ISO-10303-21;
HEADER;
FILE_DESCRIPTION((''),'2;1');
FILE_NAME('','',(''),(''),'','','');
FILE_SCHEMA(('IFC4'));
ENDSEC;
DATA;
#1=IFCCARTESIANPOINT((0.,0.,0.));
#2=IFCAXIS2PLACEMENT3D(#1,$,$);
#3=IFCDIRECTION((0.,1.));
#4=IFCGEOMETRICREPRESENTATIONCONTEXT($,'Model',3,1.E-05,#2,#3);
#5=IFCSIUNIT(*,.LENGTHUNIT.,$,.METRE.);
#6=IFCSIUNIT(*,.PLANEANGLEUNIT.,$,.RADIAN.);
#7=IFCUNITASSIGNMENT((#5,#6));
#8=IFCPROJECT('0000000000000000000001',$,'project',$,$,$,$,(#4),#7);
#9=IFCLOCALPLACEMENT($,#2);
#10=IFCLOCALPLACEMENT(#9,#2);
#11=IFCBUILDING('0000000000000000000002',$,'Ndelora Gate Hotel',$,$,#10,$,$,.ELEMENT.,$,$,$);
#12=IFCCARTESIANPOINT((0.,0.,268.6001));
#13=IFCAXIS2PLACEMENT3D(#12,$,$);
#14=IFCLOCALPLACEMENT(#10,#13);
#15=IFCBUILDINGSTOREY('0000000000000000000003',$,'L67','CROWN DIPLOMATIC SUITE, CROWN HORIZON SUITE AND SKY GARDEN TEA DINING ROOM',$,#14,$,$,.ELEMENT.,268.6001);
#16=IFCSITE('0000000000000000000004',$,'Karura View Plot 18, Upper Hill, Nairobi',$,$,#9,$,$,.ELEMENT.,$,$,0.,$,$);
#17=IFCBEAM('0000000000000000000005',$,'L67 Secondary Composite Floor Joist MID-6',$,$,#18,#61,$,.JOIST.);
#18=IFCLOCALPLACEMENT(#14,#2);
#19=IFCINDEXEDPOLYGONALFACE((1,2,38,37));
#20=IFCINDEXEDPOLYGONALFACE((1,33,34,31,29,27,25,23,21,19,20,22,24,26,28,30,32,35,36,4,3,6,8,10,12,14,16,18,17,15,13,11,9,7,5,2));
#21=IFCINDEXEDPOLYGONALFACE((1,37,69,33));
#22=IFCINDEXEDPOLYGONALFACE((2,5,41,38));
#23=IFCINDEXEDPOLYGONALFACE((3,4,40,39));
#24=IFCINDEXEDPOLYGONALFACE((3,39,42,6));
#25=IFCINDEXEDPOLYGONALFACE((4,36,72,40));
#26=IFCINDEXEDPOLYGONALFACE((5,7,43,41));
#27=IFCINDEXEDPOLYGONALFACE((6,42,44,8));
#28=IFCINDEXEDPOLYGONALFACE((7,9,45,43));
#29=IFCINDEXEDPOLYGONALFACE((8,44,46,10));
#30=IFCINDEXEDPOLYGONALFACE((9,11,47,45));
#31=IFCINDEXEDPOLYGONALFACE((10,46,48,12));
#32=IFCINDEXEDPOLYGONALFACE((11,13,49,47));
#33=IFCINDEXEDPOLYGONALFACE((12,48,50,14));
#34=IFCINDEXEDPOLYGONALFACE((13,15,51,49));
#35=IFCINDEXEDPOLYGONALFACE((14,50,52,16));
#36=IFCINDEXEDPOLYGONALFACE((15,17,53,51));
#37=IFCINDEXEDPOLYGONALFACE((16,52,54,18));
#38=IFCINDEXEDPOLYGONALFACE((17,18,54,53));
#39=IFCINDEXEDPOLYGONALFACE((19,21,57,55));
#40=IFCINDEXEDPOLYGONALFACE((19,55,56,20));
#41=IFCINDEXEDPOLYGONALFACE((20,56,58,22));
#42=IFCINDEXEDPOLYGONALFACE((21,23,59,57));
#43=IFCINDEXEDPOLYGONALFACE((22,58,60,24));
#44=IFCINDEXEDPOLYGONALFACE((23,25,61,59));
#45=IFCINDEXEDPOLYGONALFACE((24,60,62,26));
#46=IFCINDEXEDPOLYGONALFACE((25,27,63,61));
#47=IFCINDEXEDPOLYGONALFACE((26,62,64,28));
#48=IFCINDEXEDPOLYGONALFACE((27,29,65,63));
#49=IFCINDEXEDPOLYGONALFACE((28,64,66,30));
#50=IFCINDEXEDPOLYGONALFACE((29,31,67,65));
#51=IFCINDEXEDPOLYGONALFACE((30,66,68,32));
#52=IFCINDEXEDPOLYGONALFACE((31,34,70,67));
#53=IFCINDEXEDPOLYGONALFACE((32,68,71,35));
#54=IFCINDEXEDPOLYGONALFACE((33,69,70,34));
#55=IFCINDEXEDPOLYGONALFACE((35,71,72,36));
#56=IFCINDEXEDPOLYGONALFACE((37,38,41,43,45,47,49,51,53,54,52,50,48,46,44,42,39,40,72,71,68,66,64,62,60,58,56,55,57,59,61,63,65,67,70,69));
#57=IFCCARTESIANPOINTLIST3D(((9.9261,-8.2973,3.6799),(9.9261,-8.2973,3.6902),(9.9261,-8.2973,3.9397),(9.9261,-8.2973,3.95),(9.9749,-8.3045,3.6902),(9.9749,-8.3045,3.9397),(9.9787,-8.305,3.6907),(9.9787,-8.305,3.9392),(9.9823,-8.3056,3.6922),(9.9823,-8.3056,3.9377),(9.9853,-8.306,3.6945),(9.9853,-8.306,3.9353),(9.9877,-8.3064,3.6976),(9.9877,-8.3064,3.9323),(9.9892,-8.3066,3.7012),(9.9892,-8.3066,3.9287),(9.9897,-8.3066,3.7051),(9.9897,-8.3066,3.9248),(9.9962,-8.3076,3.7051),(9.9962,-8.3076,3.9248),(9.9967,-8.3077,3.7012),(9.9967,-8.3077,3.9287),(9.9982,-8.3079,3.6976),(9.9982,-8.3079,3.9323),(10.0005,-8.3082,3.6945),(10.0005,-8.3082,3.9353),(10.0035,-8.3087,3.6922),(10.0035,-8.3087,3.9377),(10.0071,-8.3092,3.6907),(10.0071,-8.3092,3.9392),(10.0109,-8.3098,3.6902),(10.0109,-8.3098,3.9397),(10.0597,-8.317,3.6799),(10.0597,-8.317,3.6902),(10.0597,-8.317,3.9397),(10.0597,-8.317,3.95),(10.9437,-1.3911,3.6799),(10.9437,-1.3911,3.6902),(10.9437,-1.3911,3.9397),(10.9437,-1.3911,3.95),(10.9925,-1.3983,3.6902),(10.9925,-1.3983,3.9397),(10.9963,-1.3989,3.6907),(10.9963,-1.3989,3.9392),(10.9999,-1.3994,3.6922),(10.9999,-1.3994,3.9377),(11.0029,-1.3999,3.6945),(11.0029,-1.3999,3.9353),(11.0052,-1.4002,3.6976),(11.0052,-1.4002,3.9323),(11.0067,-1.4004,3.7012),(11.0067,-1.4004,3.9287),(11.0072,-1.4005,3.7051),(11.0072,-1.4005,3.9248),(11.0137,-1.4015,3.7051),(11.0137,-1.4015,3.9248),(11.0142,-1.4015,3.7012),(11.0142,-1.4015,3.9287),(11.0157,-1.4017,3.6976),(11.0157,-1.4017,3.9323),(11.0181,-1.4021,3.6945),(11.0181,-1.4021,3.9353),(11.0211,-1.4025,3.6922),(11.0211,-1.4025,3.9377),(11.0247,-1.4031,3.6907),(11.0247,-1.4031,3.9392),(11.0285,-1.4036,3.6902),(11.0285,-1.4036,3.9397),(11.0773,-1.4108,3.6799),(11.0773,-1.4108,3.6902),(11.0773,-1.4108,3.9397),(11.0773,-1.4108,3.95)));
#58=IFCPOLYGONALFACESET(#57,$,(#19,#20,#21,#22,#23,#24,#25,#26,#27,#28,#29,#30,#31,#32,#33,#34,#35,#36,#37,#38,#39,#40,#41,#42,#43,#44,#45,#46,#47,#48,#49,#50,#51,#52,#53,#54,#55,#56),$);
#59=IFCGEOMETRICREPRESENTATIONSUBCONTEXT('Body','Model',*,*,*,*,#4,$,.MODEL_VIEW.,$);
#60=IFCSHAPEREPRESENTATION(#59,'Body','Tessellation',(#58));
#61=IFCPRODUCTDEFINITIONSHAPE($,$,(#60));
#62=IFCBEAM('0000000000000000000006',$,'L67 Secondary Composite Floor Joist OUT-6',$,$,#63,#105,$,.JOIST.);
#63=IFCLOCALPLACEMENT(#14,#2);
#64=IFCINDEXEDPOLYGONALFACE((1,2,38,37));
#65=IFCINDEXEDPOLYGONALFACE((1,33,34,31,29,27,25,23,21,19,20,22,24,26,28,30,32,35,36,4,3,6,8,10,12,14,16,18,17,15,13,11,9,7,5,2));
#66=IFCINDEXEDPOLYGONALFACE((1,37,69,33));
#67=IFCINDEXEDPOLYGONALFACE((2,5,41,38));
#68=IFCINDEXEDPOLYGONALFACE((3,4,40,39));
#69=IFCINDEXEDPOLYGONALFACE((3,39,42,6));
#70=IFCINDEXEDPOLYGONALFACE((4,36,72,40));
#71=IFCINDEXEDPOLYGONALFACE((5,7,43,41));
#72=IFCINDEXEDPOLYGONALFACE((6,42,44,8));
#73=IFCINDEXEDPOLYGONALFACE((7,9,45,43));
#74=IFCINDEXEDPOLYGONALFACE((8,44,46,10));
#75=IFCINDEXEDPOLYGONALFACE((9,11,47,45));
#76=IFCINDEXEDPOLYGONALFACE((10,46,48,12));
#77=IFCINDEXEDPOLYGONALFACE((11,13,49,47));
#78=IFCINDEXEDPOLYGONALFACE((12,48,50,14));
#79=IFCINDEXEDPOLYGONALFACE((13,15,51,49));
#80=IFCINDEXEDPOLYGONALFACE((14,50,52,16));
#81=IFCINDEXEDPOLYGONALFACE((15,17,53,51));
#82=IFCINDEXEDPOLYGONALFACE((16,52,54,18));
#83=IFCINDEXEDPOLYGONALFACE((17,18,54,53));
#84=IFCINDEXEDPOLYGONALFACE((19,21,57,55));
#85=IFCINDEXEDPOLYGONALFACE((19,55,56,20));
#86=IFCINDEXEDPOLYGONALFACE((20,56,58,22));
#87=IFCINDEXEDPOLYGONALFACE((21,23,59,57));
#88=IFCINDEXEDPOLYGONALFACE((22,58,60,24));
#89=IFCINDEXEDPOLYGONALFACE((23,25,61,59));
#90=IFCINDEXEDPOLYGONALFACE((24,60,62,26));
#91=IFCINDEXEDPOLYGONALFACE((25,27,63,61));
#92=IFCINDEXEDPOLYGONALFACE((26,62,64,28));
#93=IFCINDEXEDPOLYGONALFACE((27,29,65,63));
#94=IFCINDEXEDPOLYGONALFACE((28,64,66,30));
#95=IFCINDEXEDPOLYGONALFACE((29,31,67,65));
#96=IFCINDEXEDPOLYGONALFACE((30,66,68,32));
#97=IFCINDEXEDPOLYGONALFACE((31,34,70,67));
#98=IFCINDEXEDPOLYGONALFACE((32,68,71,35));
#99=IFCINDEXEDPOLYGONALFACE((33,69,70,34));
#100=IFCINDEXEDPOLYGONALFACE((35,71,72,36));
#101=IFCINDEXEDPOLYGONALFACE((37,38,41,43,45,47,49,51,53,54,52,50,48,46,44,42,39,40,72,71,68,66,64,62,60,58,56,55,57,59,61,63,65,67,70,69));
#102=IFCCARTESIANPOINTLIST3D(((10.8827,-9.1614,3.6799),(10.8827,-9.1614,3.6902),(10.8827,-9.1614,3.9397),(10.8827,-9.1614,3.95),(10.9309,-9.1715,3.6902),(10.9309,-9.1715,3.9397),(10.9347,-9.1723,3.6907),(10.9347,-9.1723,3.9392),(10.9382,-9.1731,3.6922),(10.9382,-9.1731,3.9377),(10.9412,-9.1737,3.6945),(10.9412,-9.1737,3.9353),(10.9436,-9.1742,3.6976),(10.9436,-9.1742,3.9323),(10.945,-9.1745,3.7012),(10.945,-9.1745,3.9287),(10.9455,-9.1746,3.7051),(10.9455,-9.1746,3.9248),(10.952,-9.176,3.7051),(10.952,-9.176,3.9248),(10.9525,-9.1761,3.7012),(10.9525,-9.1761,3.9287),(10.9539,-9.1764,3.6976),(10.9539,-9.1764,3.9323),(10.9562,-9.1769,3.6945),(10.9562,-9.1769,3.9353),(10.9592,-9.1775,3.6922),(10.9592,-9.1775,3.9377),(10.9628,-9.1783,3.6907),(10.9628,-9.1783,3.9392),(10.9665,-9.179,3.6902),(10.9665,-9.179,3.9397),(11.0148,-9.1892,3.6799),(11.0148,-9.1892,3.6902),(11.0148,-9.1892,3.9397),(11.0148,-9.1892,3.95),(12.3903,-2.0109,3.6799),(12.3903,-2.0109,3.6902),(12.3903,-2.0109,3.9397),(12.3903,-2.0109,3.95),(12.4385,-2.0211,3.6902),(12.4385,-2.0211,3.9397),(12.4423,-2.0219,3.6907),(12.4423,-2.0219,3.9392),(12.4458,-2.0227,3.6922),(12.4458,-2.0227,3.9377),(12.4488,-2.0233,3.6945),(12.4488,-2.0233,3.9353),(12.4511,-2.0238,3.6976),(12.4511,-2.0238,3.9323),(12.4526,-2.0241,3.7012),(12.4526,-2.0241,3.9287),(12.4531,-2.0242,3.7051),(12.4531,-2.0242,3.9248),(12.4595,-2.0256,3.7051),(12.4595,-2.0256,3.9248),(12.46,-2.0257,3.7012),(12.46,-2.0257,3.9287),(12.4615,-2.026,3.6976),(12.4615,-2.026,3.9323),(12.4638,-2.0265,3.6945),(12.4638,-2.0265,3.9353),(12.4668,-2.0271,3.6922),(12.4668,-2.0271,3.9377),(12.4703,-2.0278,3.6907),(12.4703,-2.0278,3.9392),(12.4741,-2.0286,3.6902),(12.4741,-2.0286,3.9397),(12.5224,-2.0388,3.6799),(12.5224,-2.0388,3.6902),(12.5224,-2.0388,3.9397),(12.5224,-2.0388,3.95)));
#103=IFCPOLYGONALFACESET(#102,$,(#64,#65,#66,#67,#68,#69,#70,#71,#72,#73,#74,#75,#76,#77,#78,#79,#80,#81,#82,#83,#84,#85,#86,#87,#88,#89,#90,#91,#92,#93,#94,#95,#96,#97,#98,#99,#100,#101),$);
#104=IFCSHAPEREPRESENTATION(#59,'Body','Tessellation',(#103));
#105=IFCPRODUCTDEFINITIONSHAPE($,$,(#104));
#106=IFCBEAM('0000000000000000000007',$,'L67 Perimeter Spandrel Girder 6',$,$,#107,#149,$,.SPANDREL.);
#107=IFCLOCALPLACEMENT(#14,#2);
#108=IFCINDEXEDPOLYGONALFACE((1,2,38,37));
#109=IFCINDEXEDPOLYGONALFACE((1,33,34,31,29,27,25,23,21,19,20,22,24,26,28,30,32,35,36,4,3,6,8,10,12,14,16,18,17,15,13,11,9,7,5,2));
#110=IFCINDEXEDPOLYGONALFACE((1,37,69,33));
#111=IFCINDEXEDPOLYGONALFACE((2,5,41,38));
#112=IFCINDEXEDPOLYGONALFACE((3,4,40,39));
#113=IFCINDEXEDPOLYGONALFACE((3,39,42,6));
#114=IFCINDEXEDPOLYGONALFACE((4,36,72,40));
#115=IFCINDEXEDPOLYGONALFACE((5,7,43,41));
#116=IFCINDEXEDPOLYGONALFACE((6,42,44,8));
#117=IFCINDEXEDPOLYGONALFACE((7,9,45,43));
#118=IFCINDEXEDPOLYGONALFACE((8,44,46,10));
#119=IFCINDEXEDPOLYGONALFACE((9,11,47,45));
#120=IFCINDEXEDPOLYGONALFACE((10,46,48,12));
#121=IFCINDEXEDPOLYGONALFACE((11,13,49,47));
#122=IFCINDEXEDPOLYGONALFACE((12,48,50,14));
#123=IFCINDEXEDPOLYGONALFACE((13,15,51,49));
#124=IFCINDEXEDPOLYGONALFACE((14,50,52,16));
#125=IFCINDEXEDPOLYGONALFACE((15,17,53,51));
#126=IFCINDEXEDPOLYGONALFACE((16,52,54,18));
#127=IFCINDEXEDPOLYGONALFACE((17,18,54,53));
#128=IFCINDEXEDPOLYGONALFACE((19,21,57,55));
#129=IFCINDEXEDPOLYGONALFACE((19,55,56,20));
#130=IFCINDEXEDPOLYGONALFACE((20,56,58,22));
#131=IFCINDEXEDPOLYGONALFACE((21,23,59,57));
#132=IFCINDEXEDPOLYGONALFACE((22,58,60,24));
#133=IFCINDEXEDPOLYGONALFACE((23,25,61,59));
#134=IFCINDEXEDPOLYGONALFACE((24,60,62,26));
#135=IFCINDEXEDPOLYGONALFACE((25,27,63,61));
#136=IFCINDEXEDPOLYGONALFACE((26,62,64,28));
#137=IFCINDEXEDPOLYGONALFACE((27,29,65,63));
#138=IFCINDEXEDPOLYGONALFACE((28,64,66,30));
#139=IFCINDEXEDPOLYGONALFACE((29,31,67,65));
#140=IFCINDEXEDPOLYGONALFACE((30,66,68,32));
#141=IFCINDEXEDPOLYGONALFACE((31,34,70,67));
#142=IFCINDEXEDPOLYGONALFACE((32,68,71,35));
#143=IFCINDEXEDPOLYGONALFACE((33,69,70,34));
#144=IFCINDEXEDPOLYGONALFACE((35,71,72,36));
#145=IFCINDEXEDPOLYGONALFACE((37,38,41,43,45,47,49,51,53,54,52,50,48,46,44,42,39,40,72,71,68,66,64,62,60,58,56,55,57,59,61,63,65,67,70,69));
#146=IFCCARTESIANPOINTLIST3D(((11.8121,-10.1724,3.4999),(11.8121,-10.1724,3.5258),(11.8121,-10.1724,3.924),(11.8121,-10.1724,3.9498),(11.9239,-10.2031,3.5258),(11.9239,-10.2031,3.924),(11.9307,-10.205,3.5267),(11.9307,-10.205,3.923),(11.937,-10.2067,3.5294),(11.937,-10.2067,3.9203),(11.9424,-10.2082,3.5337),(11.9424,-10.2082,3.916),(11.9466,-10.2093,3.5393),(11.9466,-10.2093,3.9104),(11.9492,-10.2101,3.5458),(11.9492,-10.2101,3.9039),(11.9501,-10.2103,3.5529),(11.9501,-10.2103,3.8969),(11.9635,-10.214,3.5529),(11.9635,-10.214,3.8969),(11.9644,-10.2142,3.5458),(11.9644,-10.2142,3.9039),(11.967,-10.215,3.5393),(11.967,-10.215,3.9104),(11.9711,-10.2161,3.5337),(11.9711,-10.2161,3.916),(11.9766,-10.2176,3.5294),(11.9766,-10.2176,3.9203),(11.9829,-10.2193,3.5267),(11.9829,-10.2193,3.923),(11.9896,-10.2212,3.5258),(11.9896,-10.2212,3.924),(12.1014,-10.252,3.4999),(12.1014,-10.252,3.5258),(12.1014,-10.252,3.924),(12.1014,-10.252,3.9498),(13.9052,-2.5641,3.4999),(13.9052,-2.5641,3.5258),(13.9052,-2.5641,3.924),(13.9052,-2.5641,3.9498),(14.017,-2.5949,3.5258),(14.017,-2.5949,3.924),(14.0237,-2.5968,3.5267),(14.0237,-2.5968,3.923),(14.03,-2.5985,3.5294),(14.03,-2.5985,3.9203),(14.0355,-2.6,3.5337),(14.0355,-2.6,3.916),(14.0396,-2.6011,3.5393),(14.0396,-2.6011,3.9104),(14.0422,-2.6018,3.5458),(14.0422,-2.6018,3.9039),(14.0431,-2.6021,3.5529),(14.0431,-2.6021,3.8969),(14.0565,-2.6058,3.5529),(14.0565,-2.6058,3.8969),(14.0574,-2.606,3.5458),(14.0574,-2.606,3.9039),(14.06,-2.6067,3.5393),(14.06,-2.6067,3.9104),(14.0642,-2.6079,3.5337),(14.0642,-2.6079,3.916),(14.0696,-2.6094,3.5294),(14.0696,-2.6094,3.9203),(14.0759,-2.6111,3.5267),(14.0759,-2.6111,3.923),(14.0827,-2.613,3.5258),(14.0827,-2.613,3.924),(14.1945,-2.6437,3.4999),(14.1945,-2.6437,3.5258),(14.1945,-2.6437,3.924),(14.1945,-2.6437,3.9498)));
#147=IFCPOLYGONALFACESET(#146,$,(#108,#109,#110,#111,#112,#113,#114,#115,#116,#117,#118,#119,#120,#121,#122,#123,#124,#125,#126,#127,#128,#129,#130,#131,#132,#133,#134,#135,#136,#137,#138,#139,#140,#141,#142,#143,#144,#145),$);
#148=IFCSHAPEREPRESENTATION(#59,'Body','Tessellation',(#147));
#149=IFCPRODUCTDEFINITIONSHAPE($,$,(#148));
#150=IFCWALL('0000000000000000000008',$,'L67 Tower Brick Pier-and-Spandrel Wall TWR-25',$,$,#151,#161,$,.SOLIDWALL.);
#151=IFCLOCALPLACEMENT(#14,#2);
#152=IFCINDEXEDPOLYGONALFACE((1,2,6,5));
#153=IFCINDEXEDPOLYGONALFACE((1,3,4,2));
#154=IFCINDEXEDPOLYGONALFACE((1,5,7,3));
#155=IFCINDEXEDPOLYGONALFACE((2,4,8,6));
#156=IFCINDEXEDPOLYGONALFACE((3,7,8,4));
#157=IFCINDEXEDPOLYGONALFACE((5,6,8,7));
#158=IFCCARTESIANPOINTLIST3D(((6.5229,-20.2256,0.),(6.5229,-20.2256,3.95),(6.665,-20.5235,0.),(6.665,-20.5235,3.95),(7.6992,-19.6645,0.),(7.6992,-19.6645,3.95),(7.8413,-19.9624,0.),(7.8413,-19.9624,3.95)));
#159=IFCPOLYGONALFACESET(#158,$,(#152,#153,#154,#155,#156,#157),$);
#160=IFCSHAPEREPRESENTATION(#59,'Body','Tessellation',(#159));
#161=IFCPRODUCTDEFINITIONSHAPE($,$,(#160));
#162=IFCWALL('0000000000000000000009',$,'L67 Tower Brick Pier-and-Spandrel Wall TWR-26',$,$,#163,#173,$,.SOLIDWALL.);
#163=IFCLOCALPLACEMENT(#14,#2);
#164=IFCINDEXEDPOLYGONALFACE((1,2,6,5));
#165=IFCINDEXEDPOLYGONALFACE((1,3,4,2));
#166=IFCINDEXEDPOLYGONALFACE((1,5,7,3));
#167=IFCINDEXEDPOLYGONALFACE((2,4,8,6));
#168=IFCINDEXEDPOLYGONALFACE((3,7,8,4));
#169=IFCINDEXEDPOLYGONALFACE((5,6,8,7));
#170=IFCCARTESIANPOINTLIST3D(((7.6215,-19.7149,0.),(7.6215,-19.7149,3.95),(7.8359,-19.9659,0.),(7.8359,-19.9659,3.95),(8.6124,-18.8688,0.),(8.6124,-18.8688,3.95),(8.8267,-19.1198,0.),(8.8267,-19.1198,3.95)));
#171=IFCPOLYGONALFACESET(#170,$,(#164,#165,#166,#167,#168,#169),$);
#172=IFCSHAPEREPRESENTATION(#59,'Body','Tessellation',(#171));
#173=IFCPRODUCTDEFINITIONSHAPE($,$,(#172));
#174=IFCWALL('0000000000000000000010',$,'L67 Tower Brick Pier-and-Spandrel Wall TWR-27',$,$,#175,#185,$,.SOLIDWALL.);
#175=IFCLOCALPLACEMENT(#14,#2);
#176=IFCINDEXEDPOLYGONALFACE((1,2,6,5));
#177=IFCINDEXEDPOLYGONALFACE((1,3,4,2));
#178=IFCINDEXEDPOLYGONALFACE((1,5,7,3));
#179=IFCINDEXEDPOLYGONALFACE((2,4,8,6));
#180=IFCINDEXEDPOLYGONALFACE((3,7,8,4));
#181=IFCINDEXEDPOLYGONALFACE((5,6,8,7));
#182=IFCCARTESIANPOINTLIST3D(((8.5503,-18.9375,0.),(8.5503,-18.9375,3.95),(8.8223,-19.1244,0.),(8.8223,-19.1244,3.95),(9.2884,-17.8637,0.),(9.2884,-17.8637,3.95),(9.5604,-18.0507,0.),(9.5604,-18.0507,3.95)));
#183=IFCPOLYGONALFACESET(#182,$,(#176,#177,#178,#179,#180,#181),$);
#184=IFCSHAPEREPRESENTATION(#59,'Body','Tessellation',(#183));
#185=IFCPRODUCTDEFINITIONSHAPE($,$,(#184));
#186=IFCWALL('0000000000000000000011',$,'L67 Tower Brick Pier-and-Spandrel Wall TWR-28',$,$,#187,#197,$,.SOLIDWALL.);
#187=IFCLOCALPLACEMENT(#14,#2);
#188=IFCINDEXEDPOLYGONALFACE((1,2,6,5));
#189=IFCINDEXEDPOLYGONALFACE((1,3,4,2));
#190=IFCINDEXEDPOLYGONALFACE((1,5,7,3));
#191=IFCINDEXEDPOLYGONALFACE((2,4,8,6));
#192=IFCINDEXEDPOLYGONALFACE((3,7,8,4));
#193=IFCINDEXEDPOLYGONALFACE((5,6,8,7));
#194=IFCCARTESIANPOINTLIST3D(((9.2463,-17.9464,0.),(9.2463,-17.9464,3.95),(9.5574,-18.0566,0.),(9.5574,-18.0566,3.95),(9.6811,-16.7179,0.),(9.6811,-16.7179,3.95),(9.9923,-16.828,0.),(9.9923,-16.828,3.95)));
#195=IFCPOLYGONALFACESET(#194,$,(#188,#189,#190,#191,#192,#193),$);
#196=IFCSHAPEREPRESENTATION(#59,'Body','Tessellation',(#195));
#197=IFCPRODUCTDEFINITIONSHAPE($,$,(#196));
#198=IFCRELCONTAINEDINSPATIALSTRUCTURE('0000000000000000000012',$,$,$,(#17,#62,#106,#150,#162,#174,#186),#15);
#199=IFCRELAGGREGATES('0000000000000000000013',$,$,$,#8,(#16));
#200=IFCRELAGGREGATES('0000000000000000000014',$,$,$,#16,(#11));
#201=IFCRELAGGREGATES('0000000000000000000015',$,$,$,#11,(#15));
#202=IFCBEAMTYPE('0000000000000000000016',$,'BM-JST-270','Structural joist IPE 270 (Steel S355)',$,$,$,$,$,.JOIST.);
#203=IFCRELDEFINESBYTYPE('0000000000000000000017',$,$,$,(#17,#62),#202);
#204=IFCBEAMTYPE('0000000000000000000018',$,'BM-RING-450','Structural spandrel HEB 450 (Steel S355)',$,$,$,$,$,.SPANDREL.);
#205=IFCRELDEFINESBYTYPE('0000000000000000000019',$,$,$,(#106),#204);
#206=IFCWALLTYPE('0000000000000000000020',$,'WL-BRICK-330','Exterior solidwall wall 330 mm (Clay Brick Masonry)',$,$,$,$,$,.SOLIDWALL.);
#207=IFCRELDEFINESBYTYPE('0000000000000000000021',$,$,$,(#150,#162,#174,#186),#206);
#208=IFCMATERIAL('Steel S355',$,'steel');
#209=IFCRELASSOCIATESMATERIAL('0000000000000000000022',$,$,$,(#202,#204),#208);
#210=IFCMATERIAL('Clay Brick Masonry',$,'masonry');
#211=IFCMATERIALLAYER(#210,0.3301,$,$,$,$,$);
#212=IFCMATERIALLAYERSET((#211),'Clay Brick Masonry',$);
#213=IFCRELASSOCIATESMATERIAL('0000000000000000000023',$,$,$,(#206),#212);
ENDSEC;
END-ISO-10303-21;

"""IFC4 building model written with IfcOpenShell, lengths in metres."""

from ifc_helpers import new_model, si_unit, direction, frame, frame_2d, origin, origin_2d, place, context, subcontext, project, spatial, rectangle, i_section, extrude, material, layer, layer_set, material_profile, profile_set, type_object, element, save


model = new_model("IFC4")

# Units and contexts
model_context = context("Model", 3, precision=1e-05, world=origin(), true_north=direction((0.0, 1.0)))
body_context = subcontext(model_context, "Body", "Model", "MODEL_VIEW")
ifc_project = project(units=[si_unit("LENGTHUNIT", "METRE"), si_unit("PLANEANGLEUNIT", "RADIAN")], contexts=[model_context])

# Site, building, storey
site_placement = place(None, origin())
site = spatial("IfcSite", under=ifc_project, at=site_placement, Name="Karura View Plot 18, Upper Hill, Nairobi", CompositionType="ELEMENT", RefElevation=0.0)
building_placement = place(site_placement, origin())
building = spatial("IfcBuilding", under=site, at=building_placement, Name="Ndelora Gate Hotel", CompositionType="ELEMENT")
storey_placement = place(building_placement, frame((0.0, 0.0, 268.6001)))
storey = spatial("IfcBuildingStorey", under=building, at=storey_placement, Name="L67", Description="CROWN DIPLOMATIC SUITE, CROWN HORIZON SUITE AND SKY GARDEN TEA DINING ROOM", CompositionType="ELEMENT", Elevation=268.6001)

# Beams
ifc_material_1 = material(Name="Steel S355", Category="steel")
ifc_material_profile_1 = material_profile(ifc_material_1, i_section(OverallWidth=0.135, OverallDepth=0.27, WebThickness=0.0066, FlangeThickness=0.0103, FilletRadius=0.0149, at=origin_2d()), Name="IPE 270")
ifc_profile_set_1 = profile_set([ifc_material_profile_1], Name="Steel S355")
beam_type_1 = type_object("IfcBeamType", Name="BM-JST-270", Description="Structural joist IPE 270 (Steel S355)", PredefinedType="JOIST", material=ifc_profile_set_1)
beam_1_placement = place(storey_placement, frame((9.9929, -8.3071, 3.8149), z_axis=(0.145768, 0.989319, 0.0), x_axis=(-0.989319, 0.145768, 0.0)))
element("IfcBeam", 1, at=beam_1_placement, inside=storey, type_object=beam_type_1, Name="L67 Secondary Composite Floor Joist MID-6", PredefinedType="JOIST", context=body_context, shape_type="SweptSolid", body=[
    extrude(i_section(OverallWidth=0.135, OverallDepth=0.27, WebThickness=0.0066, FlangeThickness=0.0103, FilletRadius=0.0149, at=origin_2d()), origin(), (0.0, 0.0, 1.0), 6.9807),
])
beam_2_placement = place(storey_placement, frame((10.9487, -9.1753, 3.8149), z_axis=(0.206302, 0.978488, 0.0), x_axis=(-0.978488, 0.206302, 0.0)))
element("IfcBeam", 2, at=beam_2_placement, inside=storey, type_object=beam_type_1, Name="L67 Secondary Composite Floor Joist OUT-6", PredefinedType="JOIST", context=body_context, shape_type="SweptSolid", body=[
    extrude(i_section(OverallWidth=0.135, OverallDepth=0.27, WebThickness=0.0066, FlangeThickness=0.0103, FilletRadius=0.0149, at=origin_2d()), origin(), (0.0, 0.0, 1.0), 7.3076),
])
ifc_material_profile_2 = material_profile(ifc_material_1, i_section(OverallWidth=0.3, OverallDepth=0.45, WebThickness=0.0139, FlangeThickness=0.0259, FilletRadius=0.0271, at=origin_2d()), Name="HEB 450")
ifc_profile_set_2 = profile_set([ifc_material_profile_2], Name="Steel S355")
beam_type_2 = type_object("IfcBeamType", Name="BM-RING-450", Description="Structural spandrel HEB 450 (Steel S355)", PredefinedType="SPANDREL", material=ifc_profile_set_2)
beam_3_placement = place(storey_placement, frame((11.9568, -10.2122, 3.7249), z_axis=(0.265248, 0.96418, 0.0), x_axis=(-0.96418, 0.265248, 0.0)))
element("IfcBeam", 3, at=beam_3_placement, inside=storey, type_object=beam_type_2, Name="L67 Perimeter Spandrel Girder 6", PredefinedType="SPANDREL", context=body_context, shape_type="SweptSolid", body=[
    extrude(i_section(OverallWidth=0.3, OverallDepth=0.45, WebThickness=0.0139, FlangeThickness=0.0259, FilletRadius=0.0271, at=origin_2d()), origin(), (0.0, 0.0, 1.0), 7.8909),
])

# Walls
ifc_material_2 = material(Name="Clay Brick Masonry", Category="masonry")
ifc_layer_1 = layer(ifc_material_2, 0.3301)
ifc_layer_set_1 = layer_set([ifc_layer_1], Name="Clay Brick Masonry")
wall_type_1 = type_object("IfcWallType", Name="WL-BRICK-330", Description="Exterior solidwall wall 330 mm (Clay Brick Masonry)", PredefinedType="SOLIDWALL", material=ifc_layer_set_1)
wall_1_placement = place(storey_placement, frame((7.7703, -19.8135, 0.0), z_axis=(0.0, 0.0, 1.0), x_axis=(-0.90259, -0.430501, 0.0)))
element("IfcWall", 4, at=wall_1_placement, inside=storey, type_object=wall_type_1, Name="L67 Tower Brick Pier-and-Spandrel Wall TWR-25", PredefinedType="SOLIDWALL", context=body_context, shape_type="SweptSolid", body=[
    extrude(rectangle(XDim=1.3032, YDim=0.3301, at=frame_2d((0.6516, 0.0))), origin(), (0.0, 0.0, 1.0), 3.95),
])
for number, where, z_axis, x_axis, name in (
    (5, (8.7195, -18.9944, 0.0), (0.0, 0.0, 1.0), (-0.760472, -0.649371, 0.0), "L67 Tower Brick Pier-and-Spandrel Wall TWR-26"),
    (6, (9.4243, -17.9573, 0.0), (0.0, 0.0, 1.0), (-0.566449, -0.824097, 0.0), "L67 Tower Brick Pier-and-Spandrel Wall TWR-27"),
):
    element("IfcWall", number, at=place(storey_placement, frame(where, z_axis=z_axis, x_axis=x_axis)), inside=storey, type_object=wall_type_1, Name=name, PredefinedType="SOLIDWALL", context=body_context, shape_type="SweptSolid", body=[
        extrude(rectangle(XDim=1.303, YDim=0.3301, at=frame_2d((0.6514, 0.0))), origin(), (0.0, 0.0, 1.0), 3.95),
    ])
wall_2_placement = place(storey_placement, frame((9.8367, -16.7729, 0.0), z_axis=(0.0, 0.0, 1.0), x_axis=(-0.333653, -0.942696, 0.0)))
element("IfcWall", 7, at=wall_2_placement, inside=storey, type_object=wall_type_1, Name="L67 Tower Brick Pier-and-Spandrel Wall TWR-28", PredefinedType="SOLIDWALL", context=body_context, shape_type="SweptSolid", body=[
    extrude(rectangle(XDim=1.3032, YDim=0.3301, at=frame_2d((0.6516, 0.0))), origin(), (0.0, 0.0, 1.0), 3.95),
])

save(model, "model.ifc")
